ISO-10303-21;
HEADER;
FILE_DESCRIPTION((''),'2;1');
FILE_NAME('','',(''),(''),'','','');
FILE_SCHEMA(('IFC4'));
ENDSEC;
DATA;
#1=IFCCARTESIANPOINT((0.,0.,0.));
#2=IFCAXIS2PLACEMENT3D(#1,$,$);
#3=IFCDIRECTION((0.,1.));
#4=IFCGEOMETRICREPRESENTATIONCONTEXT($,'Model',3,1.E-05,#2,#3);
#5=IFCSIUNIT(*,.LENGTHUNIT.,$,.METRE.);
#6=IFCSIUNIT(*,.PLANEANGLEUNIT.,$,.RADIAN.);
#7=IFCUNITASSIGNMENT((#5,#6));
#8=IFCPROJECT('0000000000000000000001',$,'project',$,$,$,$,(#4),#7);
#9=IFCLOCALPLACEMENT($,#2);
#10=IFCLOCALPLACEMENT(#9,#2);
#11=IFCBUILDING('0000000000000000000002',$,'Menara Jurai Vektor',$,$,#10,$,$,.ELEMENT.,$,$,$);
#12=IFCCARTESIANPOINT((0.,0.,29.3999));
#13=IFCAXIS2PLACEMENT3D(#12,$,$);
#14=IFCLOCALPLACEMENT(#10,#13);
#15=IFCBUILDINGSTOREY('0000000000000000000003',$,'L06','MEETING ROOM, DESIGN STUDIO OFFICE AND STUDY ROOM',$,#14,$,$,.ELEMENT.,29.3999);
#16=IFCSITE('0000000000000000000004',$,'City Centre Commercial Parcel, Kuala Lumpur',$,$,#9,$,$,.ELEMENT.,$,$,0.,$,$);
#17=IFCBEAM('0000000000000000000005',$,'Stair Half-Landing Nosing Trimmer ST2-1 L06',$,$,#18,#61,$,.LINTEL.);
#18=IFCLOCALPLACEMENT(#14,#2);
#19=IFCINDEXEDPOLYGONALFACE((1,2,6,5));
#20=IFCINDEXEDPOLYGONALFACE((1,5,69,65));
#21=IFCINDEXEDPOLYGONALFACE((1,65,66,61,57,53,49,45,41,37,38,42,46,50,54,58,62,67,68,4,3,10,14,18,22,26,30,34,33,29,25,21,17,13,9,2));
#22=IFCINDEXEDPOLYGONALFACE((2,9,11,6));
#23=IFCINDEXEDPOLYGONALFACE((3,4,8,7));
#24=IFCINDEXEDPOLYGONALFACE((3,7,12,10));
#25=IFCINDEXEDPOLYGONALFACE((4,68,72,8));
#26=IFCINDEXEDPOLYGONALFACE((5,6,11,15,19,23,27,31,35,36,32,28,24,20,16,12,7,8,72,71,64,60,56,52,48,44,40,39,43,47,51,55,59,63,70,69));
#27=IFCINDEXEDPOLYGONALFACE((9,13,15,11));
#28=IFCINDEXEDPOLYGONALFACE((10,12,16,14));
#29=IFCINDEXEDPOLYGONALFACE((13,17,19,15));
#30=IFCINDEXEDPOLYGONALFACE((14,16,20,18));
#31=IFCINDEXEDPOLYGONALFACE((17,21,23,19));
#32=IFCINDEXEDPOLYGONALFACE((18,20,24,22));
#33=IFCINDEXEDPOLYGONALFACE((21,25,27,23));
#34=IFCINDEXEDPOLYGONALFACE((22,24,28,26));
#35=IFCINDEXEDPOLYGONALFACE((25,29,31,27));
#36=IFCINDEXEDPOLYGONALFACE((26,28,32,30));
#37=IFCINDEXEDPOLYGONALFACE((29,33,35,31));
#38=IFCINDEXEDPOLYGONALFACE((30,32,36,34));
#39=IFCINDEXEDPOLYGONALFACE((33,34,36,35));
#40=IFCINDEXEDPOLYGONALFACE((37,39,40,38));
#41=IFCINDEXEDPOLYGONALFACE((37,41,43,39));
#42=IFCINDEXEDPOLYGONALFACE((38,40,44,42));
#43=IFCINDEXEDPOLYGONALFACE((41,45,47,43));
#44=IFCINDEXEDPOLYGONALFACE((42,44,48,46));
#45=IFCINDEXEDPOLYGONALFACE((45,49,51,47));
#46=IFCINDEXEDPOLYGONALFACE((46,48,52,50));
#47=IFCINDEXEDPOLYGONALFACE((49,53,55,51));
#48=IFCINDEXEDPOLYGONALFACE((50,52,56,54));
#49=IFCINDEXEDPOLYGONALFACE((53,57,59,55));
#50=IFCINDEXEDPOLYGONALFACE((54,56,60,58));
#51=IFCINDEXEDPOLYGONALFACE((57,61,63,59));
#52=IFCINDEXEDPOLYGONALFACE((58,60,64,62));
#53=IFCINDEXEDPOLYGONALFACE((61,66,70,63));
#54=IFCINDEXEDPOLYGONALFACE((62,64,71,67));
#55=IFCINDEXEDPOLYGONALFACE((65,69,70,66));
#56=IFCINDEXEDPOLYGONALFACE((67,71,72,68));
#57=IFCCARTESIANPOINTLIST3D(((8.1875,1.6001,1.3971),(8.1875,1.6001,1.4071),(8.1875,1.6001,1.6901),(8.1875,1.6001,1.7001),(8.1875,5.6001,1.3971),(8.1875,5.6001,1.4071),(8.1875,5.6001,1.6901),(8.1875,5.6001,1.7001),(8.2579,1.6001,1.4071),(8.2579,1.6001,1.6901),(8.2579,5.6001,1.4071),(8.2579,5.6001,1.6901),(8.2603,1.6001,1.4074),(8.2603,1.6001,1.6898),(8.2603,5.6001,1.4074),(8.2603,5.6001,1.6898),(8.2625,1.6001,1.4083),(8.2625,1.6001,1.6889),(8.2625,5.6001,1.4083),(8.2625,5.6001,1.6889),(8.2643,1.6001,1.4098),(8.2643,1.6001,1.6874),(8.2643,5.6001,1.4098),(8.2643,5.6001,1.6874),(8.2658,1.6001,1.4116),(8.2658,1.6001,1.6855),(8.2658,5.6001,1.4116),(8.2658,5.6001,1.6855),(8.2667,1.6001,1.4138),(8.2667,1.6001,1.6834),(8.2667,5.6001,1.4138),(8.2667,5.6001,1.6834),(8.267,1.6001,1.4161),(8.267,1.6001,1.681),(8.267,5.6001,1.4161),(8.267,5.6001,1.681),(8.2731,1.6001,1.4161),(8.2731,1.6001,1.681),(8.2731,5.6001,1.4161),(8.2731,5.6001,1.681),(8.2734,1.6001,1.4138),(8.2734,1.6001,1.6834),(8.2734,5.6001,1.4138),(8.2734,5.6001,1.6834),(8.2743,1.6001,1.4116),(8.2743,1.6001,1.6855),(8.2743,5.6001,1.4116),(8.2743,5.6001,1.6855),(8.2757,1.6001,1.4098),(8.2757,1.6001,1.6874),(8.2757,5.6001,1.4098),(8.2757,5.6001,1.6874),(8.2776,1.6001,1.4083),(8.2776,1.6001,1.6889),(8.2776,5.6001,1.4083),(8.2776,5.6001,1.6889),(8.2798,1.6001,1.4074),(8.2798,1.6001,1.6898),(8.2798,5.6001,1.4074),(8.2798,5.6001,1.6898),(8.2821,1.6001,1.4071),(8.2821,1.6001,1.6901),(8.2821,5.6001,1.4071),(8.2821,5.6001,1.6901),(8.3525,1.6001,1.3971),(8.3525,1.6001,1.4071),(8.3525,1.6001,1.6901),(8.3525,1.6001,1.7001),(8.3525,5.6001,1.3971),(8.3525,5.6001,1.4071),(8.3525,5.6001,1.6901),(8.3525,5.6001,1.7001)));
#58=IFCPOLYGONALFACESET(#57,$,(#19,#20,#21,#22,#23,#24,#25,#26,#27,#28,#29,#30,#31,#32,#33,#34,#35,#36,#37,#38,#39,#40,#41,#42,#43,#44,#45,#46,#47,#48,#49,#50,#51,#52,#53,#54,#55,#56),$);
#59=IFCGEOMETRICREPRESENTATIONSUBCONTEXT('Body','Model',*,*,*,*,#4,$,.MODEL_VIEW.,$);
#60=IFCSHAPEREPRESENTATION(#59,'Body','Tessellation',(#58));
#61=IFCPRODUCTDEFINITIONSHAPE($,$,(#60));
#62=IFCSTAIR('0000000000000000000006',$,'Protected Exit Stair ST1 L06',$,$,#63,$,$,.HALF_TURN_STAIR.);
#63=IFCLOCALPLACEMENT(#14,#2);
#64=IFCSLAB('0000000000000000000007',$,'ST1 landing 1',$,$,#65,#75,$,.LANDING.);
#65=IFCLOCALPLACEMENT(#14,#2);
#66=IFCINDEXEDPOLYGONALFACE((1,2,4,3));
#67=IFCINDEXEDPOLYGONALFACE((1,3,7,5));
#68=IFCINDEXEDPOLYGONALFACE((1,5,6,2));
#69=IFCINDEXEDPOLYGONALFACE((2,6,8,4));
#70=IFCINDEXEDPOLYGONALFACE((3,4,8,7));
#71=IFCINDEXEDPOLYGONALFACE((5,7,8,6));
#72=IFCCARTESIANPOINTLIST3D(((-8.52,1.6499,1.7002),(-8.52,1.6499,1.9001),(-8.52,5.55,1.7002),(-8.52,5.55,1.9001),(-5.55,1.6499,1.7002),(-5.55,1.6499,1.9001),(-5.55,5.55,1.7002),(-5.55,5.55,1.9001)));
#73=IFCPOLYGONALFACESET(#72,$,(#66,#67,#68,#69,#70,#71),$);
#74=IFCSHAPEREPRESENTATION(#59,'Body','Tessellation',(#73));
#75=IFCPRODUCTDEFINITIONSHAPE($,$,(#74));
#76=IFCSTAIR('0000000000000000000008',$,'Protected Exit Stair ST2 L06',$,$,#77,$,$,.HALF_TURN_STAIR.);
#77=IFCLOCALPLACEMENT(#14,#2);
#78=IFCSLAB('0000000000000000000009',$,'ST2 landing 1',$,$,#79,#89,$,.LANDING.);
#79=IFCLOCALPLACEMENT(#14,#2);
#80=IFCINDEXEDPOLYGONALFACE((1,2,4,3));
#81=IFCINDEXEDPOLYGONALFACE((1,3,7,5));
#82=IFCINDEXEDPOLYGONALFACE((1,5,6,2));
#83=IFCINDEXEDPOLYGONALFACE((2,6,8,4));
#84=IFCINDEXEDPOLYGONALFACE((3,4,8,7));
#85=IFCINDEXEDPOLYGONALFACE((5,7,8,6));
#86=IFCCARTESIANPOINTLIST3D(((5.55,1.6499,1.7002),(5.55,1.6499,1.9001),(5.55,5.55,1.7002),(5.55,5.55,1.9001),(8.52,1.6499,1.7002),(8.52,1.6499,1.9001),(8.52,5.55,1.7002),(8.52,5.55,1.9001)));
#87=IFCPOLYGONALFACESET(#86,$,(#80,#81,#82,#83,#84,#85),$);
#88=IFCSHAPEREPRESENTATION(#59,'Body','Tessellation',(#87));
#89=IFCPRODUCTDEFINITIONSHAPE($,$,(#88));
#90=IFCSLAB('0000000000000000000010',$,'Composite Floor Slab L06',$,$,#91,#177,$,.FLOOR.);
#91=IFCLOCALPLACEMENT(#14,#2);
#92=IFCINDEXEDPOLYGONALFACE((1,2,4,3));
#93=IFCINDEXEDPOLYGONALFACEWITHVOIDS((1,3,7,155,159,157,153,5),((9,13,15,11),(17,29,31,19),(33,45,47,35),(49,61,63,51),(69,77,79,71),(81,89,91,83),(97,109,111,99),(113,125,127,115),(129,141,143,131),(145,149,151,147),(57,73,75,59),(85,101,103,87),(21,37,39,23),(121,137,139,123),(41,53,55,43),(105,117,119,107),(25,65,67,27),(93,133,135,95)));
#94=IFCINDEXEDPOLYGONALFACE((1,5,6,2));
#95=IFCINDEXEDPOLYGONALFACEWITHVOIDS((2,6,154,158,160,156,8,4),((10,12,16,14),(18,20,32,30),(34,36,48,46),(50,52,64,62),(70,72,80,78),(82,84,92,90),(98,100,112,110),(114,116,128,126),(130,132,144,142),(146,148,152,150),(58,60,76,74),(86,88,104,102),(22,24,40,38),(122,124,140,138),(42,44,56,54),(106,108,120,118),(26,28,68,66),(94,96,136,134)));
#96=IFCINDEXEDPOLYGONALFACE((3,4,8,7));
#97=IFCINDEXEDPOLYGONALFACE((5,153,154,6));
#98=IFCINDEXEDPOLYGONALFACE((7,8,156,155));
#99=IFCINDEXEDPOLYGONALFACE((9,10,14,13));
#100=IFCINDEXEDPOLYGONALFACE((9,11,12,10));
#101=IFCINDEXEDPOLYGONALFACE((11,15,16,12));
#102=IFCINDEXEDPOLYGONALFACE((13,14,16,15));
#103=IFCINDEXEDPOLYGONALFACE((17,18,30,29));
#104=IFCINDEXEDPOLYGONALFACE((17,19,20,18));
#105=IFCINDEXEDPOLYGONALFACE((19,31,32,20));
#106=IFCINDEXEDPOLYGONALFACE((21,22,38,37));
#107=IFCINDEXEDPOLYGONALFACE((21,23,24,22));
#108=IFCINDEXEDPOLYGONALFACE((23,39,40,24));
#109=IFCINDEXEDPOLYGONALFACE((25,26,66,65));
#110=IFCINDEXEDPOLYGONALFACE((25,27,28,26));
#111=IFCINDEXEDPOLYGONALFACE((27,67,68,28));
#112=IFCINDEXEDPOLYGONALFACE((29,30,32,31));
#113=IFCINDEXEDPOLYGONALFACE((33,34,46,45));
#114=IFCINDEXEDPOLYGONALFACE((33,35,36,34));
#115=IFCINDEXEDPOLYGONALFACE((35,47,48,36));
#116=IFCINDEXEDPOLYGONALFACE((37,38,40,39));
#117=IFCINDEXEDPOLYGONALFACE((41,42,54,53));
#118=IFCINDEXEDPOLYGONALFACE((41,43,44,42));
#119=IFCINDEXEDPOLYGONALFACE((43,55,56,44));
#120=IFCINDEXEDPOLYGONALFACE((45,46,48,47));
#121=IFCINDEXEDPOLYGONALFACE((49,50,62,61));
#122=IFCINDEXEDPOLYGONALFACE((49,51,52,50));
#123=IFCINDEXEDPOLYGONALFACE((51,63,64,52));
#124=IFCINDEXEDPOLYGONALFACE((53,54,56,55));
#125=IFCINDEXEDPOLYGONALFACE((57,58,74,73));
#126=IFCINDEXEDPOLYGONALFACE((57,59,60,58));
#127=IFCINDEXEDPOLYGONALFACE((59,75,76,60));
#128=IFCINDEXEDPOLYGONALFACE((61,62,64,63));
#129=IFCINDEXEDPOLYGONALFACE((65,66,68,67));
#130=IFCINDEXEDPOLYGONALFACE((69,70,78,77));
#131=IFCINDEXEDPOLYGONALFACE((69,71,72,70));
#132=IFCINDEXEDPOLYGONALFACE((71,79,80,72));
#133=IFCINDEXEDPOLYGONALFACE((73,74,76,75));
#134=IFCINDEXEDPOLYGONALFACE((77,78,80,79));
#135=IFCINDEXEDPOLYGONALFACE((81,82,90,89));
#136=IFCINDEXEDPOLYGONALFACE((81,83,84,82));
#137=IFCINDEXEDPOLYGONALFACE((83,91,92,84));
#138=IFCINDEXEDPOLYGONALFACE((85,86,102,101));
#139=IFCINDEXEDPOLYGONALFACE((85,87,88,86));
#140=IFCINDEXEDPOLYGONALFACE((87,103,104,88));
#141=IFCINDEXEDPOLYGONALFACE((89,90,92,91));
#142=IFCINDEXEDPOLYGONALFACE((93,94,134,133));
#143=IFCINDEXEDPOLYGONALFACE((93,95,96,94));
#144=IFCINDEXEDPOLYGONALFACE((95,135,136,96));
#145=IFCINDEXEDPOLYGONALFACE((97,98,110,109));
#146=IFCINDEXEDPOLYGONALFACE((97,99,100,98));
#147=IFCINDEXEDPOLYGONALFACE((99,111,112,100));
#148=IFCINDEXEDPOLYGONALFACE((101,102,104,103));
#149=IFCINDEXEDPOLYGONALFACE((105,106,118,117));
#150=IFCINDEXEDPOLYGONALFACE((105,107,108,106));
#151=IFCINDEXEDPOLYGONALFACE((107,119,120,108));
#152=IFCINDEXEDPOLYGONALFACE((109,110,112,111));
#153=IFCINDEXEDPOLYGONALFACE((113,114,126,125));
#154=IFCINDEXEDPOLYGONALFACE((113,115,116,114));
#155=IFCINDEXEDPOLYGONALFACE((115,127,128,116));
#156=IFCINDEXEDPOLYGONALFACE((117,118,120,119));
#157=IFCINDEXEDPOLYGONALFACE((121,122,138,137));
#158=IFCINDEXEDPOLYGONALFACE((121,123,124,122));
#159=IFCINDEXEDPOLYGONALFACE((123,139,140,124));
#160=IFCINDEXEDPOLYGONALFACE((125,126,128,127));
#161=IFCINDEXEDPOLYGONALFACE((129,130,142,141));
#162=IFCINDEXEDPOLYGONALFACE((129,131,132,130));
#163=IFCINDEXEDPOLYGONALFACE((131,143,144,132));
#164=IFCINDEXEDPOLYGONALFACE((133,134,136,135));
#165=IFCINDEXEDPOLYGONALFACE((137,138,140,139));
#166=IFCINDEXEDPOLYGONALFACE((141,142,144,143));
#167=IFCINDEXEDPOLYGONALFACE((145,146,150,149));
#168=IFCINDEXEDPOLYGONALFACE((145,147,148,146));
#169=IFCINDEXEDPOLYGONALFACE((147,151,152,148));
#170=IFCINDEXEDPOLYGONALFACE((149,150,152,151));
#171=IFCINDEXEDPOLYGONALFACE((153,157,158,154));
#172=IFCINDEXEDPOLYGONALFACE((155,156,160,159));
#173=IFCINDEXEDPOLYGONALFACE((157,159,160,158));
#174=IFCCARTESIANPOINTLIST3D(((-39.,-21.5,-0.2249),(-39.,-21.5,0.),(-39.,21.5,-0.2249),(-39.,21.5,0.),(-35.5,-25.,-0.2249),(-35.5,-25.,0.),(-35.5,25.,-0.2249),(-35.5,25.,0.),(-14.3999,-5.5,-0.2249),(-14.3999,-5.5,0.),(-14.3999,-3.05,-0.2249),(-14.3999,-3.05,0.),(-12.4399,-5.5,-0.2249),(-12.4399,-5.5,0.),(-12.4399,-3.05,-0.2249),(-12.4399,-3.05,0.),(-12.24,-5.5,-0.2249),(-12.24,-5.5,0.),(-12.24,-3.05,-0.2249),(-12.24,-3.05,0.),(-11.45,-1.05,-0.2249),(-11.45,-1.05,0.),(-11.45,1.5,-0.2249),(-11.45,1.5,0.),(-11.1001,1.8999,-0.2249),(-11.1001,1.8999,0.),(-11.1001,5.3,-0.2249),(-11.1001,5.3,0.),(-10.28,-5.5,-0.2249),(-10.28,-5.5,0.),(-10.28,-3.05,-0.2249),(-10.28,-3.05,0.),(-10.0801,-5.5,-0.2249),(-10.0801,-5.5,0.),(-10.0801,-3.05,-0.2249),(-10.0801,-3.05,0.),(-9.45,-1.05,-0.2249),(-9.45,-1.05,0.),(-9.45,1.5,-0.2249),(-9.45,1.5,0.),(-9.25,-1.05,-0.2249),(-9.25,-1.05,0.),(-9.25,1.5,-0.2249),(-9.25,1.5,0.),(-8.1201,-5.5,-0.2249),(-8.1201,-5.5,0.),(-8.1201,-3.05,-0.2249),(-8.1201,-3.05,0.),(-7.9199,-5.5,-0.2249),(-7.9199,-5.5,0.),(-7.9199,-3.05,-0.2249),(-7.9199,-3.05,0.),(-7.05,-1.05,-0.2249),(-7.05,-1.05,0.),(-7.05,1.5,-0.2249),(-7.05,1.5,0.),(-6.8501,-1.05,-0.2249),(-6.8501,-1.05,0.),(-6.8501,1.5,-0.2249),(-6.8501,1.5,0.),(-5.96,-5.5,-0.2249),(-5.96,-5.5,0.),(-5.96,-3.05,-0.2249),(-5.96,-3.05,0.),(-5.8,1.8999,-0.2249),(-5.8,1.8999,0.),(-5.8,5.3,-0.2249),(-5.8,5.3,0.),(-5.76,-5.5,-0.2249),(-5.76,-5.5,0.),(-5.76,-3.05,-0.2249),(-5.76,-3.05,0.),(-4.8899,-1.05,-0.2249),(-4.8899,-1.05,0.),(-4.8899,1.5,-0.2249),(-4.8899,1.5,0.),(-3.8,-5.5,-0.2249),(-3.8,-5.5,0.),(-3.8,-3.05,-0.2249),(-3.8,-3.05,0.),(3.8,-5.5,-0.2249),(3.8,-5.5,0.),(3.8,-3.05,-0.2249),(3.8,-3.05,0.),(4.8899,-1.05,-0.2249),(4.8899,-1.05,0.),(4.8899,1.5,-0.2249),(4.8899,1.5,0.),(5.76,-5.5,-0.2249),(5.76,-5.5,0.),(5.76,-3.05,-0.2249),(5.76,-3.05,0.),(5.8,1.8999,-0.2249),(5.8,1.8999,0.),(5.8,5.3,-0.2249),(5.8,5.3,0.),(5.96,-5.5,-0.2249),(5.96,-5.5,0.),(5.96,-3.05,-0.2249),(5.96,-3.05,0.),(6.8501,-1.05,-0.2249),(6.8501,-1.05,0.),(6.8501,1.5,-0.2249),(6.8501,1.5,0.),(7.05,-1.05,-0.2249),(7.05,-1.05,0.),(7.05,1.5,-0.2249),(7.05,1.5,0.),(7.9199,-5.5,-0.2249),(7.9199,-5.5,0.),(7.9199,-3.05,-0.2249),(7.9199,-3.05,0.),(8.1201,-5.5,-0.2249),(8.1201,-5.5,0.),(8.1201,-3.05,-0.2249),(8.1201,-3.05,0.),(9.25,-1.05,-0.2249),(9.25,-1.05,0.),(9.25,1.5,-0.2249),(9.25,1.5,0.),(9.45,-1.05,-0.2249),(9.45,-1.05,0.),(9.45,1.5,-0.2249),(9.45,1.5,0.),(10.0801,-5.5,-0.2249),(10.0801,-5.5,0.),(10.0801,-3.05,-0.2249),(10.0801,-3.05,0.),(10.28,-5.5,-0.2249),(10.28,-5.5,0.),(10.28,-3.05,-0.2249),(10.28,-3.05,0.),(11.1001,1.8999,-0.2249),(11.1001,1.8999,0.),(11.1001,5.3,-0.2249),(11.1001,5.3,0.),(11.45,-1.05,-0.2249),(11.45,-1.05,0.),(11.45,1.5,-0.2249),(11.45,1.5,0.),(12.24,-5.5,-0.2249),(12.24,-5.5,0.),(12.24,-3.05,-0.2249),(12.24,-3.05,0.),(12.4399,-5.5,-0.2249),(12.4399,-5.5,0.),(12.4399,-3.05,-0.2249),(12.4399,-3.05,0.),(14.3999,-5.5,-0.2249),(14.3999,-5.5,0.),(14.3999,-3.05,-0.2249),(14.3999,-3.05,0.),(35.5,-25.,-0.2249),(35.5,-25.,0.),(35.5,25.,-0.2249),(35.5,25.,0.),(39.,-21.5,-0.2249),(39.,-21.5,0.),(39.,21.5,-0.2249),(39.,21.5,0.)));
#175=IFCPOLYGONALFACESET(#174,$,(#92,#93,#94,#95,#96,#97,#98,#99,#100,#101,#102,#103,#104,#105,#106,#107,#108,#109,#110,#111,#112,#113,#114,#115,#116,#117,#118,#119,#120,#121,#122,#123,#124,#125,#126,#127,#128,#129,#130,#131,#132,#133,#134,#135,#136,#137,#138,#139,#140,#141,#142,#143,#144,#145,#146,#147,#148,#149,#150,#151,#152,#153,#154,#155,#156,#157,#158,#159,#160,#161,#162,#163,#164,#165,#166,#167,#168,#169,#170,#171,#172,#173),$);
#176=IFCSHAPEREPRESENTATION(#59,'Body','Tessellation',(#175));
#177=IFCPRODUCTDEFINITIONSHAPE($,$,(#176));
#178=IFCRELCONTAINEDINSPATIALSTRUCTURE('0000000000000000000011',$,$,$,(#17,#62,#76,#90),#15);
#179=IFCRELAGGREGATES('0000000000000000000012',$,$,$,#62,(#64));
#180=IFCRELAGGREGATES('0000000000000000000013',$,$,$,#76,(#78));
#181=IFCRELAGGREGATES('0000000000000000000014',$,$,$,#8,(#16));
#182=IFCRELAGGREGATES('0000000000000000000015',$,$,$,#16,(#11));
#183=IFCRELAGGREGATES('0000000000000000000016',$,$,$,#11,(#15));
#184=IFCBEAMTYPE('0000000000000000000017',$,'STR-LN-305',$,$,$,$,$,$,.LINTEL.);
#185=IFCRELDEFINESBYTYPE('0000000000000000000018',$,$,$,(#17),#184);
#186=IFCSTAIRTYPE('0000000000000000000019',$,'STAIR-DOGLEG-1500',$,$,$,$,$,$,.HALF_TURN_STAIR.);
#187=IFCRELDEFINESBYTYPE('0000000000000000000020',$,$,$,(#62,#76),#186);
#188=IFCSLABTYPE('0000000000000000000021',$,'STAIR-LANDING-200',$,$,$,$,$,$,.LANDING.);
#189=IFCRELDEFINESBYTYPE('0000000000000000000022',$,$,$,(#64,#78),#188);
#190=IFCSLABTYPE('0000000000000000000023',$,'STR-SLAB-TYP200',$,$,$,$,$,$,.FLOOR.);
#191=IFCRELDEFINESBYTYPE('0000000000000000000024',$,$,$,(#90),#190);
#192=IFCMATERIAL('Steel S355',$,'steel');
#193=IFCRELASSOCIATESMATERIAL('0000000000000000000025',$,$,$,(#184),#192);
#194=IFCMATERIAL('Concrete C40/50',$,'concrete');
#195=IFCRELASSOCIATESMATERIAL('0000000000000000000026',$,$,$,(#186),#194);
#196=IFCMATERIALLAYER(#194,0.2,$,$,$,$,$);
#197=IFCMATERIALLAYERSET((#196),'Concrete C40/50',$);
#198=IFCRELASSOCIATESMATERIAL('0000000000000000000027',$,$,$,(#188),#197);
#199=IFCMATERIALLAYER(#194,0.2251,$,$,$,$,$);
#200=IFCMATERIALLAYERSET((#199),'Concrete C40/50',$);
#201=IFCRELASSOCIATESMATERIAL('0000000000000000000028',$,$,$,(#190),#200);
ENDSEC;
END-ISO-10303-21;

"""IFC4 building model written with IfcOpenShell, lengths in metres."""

from ifc_helpers import new_model, si_unit, direction, frame, origin, origin_2d, place, context, subcontext, project, spatial, polyline, i_section, outline, extrude, material, layer, layer_set, material_profile, profile_set, type_object, element, aggregate, save


model = new_model("IFC4")

# Units and contexts
model_context = context("Model", 3, precision=1e-05, world=origin(), true_north=direction((0.0, 1.0)))
body_context = subcontext(model_context, "Body", "Model", "MODEL_VIEW")
ifc_project = project(units=[si_unit("LENGTHUNIT", "METRE"), si_unit("PLANEANGLEUNIT", "RADIAN")], contexts=[model_context])

# Site, building, storey
site_placement = place(None, origin())
site = spatial("IfcSite", under=ifc_project, at=site_placement, Name="City Centre Commercial Parcel, Kuala Lumpur", CompositionType="ELEMENT", RefElevation=0.0)
building_placement = place(site_placement, origin())
building = spatial("IfcBuilding", under=site, at=building_placement, Name="Menara Jurai Vektor", CompositionType="ELEMENT")
storey_placement = place(building_placement, frame((0.0, 0.0, 29.3999)))
storey = spatial("IfcBuildingStorey", under=building, at=storey_placement, Name="L06", Description="MEETING ROOM, DESIGN STUDIO OFFICE AND STUDY ROOM", CompositionType="ELEMENT", Elevation=29.3999)

# Beam
ifc_material_1 = material(Name="Steel S355", Category="steel")
ifc_material_profile_1 = material_profile(ifc_material_1, i_section(OverallWidth=0.165, OverallDepth=0.303, WebThickness=0.0061, FlangeThickness=0.01, FilletRadius=0.009, at=origin_2d()), Name="UKB 305x165x40")
ifc_profile_set_1 = profile_set([ifc_material_profile_1], Name="Steel S355")
beam_type_1 = type_object("IfcBeamType", Name="STR-LN-305", PredefinedType="LINTEL", material=ifc_profile_set_1)
beam_1_placement = place(storey_placement, frame((8.27, 1.6001, 1.5486), z_axis=(0.0, 1.0, 0.0), x_axis=(-1.0, 0.0, 0.0)))
element("IfcBeam", 1, at=beam_1_placement, inside=storey, type_object=beam_type_1, Name="Stair Half-Landing Nosing Trimmer ST2-1 L06", PredefinedType="LINTEL", context=body_context, shape_type="SweptSolid", body=[
    extrude(i_section(OverallWidth=0.165, OverallDepth=0.303, WebThickness=0.0061, FlangeThickness=0.01, FilletRadius=0.009, at=origin_2d()), origin(), (0.0, 0.0, 1.0), 4.0),
])

# Stairs, slabs
ifc_material_2 = material(Name="Concrete C40/50", Category="concrete")
stair_type = type_object("IfcStairType", Name="STAIR-DOGLEG-1500", PredefinedType="HALF_TURN_STAIR", material=ifc_material_2)
stair_1_placement = place(storey_placement, origin())
stair_1 = element("IfcStair", 2, at=stair_1_placement, inside=storey, type_object=stair_type, Name="Protected Exit Stair ST1 L06", PredefinedType="HALF_TURN_STAIR")
ifc_layer_1 = layer(ifc_material_2, 0.2)
ifc_layer_set_1 = layer_set([ifc_layer_1], Name="Concrete C40/50")
slab_type_1 = type_object("IfcSlabType", Name="STAIR-LANDING-200", PredefinedType="LANDING", material=ifc_layer_set_1)
slab_1_placement = place(storey_placement, frame((0.0, 0.0, 1.7002)))
slab_1 = element("IfcSlab", 3, at=slab_1_placement, type_object=slab_type_1, Name="ST1 landing 1", PredefinedType="LANDING", context=body_context, shape_type="SweptSolid", body=[
    extrude(outline(polyline([(-8.52, 1.6499), (-5.55, 1.6499), (-5.55, 5.55), (-8.52, 5.55), (-8.52, 1.6499)])), origin(), (0.0, 0.0, 1.0), 0.2),
])
aggregate(stair_1, [slab_1])
stair_2_placement = place(storey_placement, origin())
stair_2 = element("IfcStair", 4, at=stair_2_placement, inside=storey, type_object=stair_type, Name="Protected Exit Stair ST2 L06", PredefinedType="HALF_TURN_STAIR")
slab_2_placement = place(storey_placement, frame((0.0, 0.0, 1.7002)))
slab_2 = element("IfcSlab", 5, at=slab_2_placement, type_object=slab_type_1, Name="ST2 landing 1", PredefinedType="LANDING", context=body_context, shape_type="SweptSolid", body=[
    extrude(outline(polyline([(5.55, 1.6499), (8.52, 1.6499), (8.52, 5.55), (5.55, 5.55), (5.55, 1.6499)])), origin(), (0.0, 0.0, 1.0), 0.2),
])

# Slab
ifc_layer_2 = layer(ifc_material_2, 0.2251)
ifc_layer_set_2 = layer_set([ifc_layer_2], Name="Concrete C40/50")
slab_type_2 = type_object("IfcSlabType", Name="STR-SLAB-TYP200", PredefinedType="FLOOR", material=ifc_layer_set_2)
slab_3_placement = place(storey_placement, frame((0.0, 0.0, -0.2249)))
element("IfcSlab", 6, at=slab_3_placement, inside=storey, type_object=slab_type_2, Name="Composite Floor Slab L06", PredefinedType="FLOOR", context=body_context, shape_type="SweptSolid", body=[
    extrude(outline(polyline([(-35.5, -25.0), (35.5, -25.0), (39.0, -21.5), (39.0, 21.5), (35.5, 25.0), (-35.5, 25.0), (-39.0, 21.5), (-39.0, -21.5), (-35.5, -25.0)]), holes=[polyline([(-11.1001, 1.8999), (-11.1001, 5.3), (-5.8, 5.3), (-5.8, 1.8999), (-11.1001, 1.8999)]), polyline([(5.8, 1.8999), (5.8, 5.3), (11.1001, 5.3), (11.1001, 1.8999), (5.8, 1.8999)]), polyline([(-11.45, -1.05), (-11.45, 1.5), (-9.45, 1.5), (-9.45, -1.05), (-11.45, -1.05)]), polyline([(9.45, -1.05), (9.45, 1.5), (11.45, 1.5), (11.45, -1.05), (9.45, -1.05)]), polyline([(-5.76, -5.5), (-5.76, -3.05), (-3.8, -3.05), (-3.8, -5.5), (-5.76, -5.5)]), polyline([(-6.8501, -1.05), (-6.8501, 1.5), (-4.8899, 1.5), (-4.8899, -1.05), (-6.8501, -1.05)]), polyline([(3.8, -5.5), (3.8, -3.05), (5.76, -3.05), (5.76, -5.5), (3.8, -5.5)]), polyline([(4.8899, -1.05), (4.8899, 1.5), (6.8501, 1.5), (6.8501, -1.05), (4.8899, -1.05)]), polyline([(-14.3999, -5.5), (-14.3999, -3.05), (-12.4399, -3.05), (-12.4399, -5.5), (-14.3999, -5.5)]), polyline([(-12.24, -5.5), (-12.24, -3.05), (-10.28, -3.05), (-10.28, -5.5), (-12.24, -5.5)]), polyline([(10.28, -5.5), (10.28, -3.05), (12.24, -3.05), (12.24, -5.5), (10.28, -5.5)]), polyline([(12.4399, -5.5), (12.4399, -3.05), (14.3999, -3.05), (14.3999, -5.5), (12.4399, -5.5)]), polyline([(-10.0801, -5.5), (-10.0801, -3.05), (-8.1201, -3.05), (-8.1201, -5.5), (-10.0801, -5.5)]), polyline([(-7.9199, -5.5), (-7.9199, -3.05), (-5.96, -3.05), (-5.96, -5.5), (-7.9199, -5.5)]), polyline([(5.96, -5.5), (5.96, -3.05), (7.9199, -3.05), (7.9199, -5.5), (5.96, -5.5)]), polyline([(8.1201, -5.5), (8.1201, -3.05), (10.0801, -3.05), (10.0801, -5.5), (8.1201, -5.5)]), polyline([(-9.25, -1.05), (-9.25, 1.5), (-7.05, 1.5), (-7.05, -1.05), (-9.25, -1.05)]), polyline([(7.05, -1.05), (7.05, 1.5), (9.25, 1.5), (9.25, -1.05), (7.05, -1.05)])]), origin(), (0.0, 0.0, 1.0), 0.2249),
])

aggregate(stair_2, [slab_2])

save(model, "model.ifc")
